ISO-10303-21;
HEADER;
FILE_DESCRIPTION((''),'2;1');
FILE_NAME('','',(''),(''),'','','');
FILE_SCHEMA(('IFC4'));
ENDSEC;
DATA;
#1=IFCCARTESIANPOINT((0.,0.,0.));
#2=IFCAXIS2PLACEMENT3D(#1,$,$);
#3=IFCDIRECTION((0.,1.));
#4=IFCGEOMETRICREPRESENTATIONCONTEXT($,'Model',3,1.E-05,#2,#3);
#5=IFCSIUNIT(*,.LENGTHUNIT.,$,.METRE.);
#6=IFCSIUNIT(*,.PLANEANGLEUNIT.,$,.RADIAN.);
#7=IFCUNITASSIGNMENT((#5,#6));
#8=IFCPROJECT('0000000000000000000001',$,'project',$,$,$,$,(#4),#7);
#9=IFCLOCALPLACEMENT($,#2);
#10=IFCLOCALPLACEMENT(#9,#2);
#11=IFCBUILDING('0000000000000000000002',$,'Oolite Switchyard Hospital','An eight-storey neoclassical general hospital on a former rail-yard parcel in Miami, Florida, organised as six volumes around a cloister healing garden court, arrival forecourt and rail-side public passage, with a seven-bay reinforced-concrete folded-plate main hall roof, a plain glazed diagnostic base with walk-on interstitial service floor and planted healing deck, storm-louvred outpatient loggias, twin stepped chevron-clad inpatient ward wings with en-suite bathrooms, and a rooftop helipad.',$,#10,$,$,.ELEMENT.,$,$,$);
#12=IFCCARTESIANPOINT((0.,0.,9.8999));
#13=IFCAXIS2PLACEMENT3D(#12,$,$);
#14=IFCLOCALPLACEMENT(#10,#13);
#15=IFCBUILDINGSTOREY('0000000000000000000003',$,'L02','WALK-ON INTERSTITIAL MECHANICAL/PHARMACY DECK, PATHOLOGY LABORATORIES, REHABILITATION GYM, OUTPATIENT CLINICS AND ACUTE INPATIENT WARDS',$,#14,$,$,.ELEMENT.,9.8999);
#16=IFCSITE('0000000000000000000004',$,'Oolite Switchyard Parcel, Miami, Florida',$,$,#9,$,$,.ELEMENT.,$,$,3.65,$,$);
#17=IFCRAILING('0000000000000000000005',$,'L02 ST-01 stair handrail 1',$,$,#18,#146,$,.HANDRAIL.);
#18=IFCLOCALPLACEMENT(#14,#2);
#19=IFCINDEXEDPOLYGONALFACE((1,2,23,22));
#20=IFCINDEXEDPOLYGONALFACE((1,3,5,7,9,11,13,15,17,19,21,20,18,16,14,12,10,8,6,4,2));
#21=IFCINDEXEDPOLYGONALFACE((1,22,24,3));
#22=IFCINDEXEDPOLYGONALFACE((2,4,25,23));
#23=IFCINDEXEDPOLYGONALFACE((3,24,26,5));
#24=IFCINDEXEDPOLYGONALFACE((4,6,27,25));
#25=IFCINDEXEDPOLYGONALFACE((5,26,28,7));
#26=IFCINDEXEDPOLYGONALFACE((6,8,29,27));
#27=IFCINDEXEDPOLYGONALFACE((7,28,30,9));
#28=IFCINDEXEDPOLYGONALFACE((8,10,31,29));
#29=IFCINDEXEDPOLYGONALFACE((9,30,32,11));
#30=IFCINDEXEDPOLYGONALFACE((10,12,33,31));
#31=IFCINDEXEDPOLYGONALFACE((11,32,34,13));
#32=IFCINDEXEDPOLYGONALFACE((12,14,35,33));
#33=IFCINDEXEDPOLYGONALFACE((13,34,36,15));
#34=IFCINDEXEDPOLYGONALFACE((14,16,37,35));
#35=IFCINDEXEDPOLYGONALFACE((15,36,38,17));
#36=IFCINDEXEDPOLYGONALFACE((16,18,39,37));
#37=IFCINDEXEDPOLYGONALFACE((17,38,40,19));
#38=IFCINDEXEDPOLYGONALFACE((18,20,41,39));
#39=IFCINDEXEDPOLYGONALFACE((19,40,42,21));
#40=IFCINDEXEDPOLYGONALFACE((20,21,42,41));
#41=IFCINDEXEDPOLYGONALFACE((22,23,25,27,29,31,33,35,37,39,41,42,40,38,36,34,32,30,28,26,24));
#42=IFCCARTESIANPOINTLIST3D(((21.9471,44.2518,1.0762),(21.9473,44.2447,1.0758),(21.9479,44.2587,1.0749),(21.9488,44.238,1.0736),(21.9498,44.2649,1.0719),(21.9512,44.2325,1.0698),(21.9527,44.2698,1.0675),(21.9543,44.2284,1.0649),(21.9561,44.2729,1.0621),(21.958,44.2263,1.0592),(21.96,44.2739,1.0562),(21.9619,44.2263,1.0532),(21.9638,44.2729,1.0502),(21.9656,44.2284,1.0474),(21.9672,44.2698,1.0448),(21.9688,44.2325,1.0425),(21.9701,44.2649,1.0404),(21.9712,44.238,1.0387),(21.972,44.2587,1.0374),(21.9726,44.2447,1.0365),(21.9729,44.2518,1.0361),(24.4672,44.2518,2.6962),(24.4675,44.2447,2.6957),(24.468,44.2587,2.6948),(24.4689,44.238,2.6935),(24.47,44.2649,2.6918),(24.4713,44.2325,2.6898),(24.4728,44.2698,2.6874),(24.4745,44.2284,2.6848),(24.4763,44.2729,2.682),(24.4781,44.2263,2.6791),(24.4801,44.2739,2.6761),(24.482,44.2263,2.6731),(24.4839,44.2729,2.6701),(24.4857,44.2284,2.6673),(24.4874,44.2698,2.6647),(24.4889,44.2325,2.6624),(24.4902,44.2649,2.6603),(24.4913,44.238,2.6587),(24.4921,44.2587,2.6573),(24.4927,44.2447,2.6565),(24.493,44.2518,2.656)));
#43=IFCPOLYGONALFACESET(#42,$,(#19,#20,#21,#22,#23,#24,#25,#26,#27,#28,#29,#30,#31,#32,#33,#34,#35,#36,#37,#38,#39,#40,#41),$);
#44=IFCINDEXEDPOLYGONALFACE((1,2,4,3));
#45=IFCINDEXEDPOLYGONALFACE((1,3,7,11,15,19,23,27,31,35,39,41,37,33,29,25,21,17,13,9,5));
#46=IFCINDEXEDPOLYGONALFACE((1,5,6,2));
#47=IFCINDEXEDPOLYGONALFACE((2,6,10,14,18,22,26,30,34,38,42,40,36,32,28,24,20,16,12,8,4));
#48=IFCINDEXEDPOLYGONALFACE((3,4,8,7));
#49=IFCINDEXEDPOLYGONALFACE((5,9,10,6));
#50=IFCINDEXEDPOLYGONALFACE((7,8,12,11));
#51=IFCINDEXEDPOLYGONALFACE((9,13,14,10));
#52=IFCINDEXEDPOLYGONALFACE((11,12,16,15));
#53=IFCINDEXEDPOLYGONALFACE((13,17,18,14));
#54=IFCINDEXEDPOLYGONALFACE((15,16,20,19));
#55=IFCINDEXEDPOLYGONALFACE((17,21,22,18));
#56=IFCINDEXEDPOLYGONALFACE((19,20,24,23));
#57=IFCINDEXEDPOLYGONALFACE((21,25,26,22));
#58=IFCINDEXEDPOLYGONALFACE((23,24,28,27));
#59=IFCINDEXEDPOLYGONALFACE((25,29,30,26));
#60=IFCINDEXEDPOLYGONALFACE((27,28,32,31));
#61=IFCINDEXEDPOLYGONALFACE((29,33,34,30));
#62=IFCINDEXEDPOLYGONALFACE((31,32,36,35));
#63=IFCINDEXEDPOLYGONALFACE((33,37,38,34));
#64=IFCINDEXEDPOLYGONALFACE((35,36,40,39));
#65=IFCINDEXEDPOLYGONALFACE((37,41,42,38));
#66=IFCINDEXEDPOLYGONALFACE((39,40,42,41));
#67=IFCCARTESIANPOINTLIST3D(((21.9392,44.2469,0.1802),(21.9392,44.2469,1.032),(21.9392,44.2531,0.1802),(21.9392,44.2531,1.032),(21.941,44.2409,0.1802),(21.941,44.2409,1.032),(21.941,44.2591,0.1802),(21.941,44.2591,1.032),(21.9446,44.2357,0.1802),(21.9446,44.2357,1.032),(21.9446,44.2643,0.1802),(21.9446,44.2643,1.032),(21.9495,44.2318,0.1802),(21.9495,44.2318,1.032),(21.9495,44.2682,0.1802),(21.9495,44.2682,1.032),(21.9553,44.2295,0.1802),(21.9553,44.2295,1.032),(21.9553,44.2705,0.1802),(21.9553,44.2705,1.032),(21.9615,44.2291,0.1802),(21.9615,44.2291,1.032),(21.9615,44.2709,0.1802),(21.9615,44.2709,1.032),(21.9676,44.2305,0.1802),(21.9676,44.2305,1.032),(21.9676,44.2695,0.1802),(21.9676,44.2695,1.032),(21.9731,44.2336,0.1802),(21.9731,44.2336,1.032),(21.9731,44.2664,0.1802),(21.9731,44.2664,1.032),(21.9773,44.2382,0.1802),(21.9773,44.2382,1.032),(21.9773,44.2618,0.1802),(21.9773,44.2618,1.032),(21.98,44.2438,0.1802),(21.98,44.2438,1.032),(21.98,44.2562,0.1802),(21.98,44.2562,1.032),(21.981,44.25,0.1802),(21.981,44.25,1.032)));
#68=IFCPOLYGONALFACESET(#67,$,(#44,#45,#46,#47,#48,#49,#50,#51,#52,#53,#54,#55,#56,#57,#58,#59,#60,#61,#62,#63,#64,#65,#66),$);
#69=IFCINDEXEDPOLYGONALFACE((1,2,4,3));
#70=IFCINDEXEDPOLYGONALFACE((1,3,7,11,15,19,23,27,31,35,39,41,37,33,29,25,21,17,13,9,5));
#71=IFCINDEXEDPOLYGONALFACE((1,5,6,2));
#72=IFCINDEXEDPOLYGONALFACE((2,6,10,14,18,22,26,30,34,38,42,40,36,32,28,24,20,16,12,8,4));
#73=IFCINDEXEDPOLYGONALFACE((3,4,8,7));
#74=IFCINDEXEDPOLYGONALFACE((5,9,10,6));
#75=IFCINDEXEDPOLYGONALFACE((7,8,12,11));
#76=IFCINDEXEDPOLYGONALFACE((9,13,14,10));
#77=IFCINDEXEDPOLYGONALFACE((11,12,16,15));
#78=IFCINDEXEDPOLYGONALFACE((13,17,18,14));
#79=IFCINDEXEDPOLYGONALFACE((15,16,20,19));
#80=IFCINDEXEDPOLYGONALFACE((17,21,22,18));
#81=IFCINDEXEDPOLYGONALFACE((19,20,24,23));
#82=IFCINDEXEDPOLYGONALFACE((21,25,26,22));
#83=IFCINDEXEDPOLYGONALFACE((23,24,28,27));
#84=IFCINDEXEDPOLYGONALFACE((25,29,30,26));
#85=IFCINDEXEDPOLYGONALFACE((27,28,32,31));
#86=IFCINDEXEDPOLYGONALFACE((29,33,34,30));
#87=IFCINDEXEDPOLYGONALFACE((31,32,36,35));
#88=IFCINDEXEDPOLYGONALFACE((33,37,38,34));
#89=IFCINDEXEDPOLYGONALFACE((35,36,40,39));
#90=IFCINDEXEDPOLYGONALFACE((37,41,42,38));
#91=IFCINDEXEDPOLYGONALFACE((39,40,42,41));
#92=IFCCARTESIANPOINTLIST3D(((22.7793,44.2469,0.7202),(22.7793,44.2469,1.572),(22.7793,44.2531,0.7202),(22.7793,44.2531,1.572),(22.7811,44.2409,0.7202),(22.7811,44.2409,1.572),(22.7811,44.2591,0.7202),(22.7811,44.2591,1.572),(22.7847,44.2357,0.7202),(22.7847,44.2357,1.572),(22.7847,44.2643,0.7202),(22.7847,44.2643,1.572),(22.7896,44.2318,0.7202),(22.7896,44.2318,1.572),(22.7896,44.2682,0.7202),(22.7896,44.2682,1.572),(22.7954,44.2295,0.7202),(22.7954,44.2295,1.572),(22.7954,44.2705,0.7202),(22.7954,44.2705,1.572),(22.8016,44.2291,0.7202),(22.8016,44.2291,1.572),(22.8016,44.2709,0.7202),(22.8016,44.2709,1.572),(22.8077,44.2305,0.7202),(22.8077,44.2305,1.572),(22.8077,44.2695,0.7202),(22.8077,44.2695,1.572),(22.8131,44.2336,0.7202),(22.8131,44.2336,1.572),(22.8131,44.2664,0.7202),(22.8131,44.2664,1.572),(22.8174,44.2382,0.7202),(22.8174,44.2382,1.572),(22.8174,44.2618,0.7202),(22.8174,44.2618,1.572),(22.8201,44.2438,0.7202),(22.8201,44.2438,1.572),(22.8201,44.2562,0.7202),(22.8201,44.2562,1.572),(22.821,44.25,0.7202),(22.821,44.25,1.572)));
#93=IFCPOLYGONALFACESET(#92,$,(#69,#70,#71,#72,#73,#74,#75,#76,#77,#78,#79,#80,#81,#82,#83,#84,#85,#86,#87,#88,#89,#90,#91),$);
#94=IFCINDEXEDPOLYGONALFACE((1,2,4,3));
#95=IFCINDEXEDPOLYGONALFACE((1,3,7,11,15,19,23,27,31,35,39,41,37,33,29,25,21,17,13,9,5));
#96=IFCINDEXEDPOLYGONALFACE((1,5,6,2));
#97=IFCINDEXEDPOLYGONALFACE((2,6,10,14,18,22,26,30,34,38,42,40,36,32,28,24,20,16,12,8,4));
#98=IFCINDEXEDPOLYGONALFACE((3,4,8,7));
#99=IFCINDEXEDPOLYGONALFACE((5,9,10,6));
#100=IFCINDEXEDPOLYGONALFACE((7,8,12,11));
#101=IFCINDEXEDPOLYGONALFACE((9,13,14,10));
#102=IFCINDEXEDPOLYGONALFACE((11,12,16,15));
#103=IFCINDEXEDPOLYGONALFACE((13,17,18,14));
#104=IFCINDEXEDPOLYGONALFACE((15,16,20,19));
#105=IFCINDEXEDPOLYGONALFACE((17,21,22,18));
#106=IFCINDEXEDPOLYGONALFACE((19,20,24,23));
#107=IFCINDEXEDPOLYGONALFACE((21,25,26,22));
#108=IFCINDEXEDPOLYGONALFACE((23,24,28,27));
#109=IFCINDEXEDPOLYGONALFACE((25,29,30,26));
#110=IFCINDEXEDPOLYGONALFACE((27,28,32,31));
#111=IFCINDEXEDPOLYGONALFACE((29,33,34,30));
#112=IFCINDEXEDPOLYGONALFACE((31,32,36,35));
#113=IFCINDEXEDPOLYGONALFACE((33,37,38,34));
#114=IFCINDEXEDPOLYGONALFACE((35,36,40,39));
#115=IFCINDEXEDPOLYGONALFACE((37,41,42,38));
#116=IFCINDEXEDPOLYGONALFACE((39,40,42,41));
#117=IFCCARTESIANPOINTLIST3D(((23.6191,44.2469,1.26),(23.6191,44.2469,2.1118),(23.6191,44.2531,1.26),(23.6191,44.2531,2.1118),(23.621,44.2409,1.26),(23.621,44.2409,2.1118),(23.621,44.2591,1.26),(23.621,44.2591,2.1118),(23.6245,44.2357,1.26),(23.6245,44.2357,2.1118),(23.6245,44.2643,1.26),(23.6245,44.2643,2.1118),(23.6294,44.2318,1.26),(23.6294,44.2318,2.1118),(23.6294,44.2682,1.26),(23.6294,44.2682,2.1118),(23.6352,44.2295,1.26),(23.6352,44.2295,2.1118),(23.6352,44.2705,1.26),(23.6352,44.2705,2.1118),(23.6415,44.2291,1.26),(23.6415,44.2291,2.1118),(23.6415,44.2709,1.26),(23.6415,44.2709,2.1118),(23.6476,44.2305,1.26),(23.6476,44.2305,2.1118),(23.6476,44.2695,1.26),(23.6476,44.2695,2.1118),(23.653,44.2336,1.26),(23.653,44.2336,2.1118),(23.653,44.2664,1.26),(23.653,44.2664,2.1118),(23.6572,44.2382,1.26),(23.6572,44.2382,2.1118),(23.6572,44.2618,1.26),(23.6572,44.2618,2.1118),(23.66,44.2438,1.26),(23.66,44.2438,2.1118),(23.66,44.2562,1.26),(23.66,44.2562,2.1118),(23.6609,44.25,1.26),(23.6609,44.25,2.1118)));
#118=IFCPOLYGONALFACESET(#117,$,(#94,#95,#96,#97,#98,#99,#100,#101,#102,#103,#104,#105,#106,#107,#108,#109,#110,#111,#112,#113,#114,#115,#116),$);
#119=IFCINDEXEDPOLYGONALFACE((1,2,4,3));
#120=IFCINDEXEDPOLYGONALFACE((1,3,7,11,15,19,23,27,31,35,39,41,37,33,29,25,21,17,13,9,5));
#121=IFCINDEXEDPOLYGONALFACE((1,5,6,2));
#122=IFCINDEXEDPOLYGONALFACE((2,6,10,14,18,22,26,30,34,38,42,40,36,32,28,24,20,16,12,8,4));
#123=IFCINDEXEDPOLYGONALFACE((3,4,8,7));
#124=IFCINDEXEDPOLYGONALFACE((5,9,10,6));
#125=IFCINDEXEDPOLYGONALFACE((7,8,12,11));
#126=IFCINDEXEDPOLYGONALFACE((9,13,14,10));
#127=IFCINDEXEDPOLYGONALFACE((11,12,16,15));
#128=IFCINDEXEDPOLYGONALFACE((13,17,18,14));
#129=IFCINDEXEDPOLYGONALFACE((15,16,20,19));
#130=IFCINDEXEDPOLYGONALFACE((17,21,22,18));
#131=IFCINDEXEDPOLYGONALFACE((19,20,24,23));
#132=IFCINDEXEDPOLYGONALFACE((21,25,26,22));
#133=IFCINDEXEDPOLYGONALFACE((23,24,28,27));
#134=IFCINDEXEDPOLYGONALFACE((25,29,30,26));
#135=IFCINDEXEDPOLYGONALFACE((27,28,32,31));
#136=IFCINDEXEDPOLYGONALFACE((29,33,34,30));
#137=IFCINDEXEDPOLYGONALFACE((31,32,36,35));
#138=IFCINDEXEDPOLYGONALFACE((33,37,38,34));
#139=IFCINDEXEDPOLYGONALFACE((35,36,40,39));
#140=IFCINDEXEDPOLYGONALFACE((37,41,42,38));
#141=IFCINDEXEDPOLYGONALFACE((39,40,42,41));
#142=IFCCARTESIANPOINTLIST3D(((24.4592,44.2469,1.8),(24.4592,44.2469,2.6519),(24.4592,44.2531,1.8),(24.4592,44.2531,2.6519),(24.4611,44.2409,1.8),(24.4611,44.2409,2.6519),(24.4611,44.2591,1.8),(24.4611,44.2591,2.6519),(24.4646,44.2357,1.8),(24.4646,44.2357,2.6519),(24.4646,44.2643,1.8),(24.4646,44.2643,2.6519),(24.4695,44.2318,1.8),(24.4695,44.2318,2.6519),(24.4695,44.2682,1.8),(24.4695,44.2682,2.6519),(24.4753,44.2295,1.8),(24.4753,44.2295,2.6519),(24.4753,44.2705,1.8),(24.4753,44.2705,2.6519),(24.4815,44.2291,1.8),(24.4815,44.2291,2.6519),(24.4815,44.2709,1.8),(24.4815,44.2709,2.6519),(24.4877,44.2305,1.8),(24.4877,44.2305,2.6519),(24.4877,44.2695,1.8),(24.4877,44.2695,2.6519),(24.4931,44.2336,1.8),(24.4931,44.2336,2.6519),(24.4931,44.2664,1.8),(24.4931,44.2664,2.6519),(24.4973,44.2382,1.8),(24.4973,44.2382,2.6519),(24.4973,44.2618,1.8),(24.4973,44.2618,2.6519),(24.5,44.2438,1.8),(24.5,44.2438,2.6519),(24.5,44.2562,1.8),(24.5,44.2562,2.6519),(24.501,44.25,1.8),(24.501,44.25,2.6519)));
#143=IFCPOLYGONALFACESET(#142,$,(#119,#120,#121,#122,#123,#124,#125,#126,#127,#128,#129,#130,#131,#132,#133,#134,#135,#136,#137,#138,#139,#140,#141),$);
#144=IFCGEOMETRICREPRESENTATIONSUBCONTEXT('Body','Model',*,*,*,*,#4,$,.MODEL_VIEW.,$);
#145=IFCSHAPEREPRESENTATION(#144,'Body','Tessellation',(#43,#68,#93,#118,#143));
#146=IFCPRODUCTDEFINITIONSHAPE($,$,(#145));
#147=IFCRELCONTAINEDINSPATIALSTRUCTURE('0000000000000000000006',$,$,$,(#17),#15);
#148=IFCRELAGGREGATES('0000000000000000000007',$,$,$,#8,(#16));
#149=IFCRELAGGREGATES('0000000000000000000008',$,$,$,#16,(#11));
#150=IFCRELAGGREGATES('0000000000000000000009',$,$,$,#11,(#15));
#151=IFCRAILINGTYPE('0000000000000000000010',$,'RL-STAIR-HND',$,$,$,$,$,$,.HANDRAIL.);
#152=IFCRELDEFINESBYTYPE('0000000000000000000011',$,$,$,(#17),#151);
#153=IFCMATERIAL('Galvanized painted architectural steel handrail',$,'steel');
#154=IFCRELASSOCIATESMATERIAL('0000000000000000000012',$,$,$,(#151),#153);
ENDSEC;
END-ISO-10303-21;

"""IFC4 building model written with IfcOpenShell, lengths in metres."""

from ifc_helpers import new_model, si_unit, direction, frame, origin, origin_2d, place, context, subcontext, project, spatial, circle, extrude, material, type_object, element, save


model = new_model("IFC4")

# Units and contexts
model_context = context("Model", 3, precision=1e-05, world=origin(), true_north=direction((0.0, 1.0)))
body_context = subcontext(model_context, "Body", "Model", "MODEL_VIEW")
ifc_project = project(units=[si_unit("LENGTHUNIT", "METRE"), si_unit("PLANEANGLEUNIT", "RADIAN")], contexts=[model_context])

# Site, building, storey
site_placement = place(None, origin())
site = spatial("IfcSite", under=ifc_project, at=site_placement, Name="Oolite Switchyard Parcel, Miami, Florida", CompositionType="ELEMENT", RefElevation=3.65)
building_placement = place(site_placement, origin())
building = spatial("IfcBuilding", under=site, at=building_placement, Name="Oolite Switchyard Hospital", Description="An eight-storey neoclassical general hospital on a former rail-yard parcel in Miami, Florida, organised as six volumes around a cloister healing garden court, arrival forecourt and rail-side public passage, with a seven-bay reinforced-concrete folded-plate main hall roof, a plain glazed diagnostic base with walk-on interstitial service floor and planted healing deck, storm-louvred outpatient loggias, twin stepped chevron-clad inpatient ward wings with en-suite bathrooms, and a rooftop helipad.", CompositionType="ELEMENT")
storey_placement = place(building_placement, frame((0.0, 0.0, 9.8999)))
storey = spatial("IfcBuildingStorey", under=building, at=storey_placement, Name="L02", Description="WALK-ON INTERSTITIAL MECHANICAL/PHARMACY DECK, PATHOLOGY LABORATORIES, REHABILITATION GYM, OUTPATIENT CLINICS AND ACUTE INPATIENT WARDS", CompositionType="ELEMENT", Elevation=9.8999)

# Railing
ifc_material_1 = material(Name="Galvanized painted architectural steel handrail", Category="steel")
railing_type_1 = type_object("IfcRailingType", Name="RL-STAIR-HND", PredefinedType="HANDRAIL", material=ifc_material_1)
railing_1_placement = place(storey_placement, frame((21.96, 44.25, 0.1802)))
element("IfcRailing", 1, at=railing_1_placement, inside=storey, type_object=railing_type_1, Name="L02 ST-01 stair handrail 1", PredefinedType="HANDRAIL", context=body_context, shape_type="SweptSolid", body=[
    extrude(circle(Radius=0.0239, at=origin_2d()), frame((0.0, 0.0, 0.876), z_axis=(0.8412, 0.0, 0.540725), x_axis=(0.0, 1.0, 0.0)), (0.0, 0.0, 1.0), 2.9958),
    extrude(circle(Radius=0.021, at=origin_2d()), origin(), (0.0, 0.0, 1.0), 0.8518),
    extrude(circle(Radius=0.021, at=origin_2d()), frame((0.8401, 0.0, 0.54)), (0.0, 0.0, 1.0), 0.8518),
    extrude(circle(Radius=0.021, at=origin_2d()), frame((1.6799, 0.0, 1.0798)), (0.0, 0.0, 1.0), 0.8518),
    extrude(circle(Radius=0.021, at=origin_2d()), frame((2.52, 0.0, 1.6199)), (0.0, 0.0, 1.0), 0.8518),
])

save(model, "model.ifc")
